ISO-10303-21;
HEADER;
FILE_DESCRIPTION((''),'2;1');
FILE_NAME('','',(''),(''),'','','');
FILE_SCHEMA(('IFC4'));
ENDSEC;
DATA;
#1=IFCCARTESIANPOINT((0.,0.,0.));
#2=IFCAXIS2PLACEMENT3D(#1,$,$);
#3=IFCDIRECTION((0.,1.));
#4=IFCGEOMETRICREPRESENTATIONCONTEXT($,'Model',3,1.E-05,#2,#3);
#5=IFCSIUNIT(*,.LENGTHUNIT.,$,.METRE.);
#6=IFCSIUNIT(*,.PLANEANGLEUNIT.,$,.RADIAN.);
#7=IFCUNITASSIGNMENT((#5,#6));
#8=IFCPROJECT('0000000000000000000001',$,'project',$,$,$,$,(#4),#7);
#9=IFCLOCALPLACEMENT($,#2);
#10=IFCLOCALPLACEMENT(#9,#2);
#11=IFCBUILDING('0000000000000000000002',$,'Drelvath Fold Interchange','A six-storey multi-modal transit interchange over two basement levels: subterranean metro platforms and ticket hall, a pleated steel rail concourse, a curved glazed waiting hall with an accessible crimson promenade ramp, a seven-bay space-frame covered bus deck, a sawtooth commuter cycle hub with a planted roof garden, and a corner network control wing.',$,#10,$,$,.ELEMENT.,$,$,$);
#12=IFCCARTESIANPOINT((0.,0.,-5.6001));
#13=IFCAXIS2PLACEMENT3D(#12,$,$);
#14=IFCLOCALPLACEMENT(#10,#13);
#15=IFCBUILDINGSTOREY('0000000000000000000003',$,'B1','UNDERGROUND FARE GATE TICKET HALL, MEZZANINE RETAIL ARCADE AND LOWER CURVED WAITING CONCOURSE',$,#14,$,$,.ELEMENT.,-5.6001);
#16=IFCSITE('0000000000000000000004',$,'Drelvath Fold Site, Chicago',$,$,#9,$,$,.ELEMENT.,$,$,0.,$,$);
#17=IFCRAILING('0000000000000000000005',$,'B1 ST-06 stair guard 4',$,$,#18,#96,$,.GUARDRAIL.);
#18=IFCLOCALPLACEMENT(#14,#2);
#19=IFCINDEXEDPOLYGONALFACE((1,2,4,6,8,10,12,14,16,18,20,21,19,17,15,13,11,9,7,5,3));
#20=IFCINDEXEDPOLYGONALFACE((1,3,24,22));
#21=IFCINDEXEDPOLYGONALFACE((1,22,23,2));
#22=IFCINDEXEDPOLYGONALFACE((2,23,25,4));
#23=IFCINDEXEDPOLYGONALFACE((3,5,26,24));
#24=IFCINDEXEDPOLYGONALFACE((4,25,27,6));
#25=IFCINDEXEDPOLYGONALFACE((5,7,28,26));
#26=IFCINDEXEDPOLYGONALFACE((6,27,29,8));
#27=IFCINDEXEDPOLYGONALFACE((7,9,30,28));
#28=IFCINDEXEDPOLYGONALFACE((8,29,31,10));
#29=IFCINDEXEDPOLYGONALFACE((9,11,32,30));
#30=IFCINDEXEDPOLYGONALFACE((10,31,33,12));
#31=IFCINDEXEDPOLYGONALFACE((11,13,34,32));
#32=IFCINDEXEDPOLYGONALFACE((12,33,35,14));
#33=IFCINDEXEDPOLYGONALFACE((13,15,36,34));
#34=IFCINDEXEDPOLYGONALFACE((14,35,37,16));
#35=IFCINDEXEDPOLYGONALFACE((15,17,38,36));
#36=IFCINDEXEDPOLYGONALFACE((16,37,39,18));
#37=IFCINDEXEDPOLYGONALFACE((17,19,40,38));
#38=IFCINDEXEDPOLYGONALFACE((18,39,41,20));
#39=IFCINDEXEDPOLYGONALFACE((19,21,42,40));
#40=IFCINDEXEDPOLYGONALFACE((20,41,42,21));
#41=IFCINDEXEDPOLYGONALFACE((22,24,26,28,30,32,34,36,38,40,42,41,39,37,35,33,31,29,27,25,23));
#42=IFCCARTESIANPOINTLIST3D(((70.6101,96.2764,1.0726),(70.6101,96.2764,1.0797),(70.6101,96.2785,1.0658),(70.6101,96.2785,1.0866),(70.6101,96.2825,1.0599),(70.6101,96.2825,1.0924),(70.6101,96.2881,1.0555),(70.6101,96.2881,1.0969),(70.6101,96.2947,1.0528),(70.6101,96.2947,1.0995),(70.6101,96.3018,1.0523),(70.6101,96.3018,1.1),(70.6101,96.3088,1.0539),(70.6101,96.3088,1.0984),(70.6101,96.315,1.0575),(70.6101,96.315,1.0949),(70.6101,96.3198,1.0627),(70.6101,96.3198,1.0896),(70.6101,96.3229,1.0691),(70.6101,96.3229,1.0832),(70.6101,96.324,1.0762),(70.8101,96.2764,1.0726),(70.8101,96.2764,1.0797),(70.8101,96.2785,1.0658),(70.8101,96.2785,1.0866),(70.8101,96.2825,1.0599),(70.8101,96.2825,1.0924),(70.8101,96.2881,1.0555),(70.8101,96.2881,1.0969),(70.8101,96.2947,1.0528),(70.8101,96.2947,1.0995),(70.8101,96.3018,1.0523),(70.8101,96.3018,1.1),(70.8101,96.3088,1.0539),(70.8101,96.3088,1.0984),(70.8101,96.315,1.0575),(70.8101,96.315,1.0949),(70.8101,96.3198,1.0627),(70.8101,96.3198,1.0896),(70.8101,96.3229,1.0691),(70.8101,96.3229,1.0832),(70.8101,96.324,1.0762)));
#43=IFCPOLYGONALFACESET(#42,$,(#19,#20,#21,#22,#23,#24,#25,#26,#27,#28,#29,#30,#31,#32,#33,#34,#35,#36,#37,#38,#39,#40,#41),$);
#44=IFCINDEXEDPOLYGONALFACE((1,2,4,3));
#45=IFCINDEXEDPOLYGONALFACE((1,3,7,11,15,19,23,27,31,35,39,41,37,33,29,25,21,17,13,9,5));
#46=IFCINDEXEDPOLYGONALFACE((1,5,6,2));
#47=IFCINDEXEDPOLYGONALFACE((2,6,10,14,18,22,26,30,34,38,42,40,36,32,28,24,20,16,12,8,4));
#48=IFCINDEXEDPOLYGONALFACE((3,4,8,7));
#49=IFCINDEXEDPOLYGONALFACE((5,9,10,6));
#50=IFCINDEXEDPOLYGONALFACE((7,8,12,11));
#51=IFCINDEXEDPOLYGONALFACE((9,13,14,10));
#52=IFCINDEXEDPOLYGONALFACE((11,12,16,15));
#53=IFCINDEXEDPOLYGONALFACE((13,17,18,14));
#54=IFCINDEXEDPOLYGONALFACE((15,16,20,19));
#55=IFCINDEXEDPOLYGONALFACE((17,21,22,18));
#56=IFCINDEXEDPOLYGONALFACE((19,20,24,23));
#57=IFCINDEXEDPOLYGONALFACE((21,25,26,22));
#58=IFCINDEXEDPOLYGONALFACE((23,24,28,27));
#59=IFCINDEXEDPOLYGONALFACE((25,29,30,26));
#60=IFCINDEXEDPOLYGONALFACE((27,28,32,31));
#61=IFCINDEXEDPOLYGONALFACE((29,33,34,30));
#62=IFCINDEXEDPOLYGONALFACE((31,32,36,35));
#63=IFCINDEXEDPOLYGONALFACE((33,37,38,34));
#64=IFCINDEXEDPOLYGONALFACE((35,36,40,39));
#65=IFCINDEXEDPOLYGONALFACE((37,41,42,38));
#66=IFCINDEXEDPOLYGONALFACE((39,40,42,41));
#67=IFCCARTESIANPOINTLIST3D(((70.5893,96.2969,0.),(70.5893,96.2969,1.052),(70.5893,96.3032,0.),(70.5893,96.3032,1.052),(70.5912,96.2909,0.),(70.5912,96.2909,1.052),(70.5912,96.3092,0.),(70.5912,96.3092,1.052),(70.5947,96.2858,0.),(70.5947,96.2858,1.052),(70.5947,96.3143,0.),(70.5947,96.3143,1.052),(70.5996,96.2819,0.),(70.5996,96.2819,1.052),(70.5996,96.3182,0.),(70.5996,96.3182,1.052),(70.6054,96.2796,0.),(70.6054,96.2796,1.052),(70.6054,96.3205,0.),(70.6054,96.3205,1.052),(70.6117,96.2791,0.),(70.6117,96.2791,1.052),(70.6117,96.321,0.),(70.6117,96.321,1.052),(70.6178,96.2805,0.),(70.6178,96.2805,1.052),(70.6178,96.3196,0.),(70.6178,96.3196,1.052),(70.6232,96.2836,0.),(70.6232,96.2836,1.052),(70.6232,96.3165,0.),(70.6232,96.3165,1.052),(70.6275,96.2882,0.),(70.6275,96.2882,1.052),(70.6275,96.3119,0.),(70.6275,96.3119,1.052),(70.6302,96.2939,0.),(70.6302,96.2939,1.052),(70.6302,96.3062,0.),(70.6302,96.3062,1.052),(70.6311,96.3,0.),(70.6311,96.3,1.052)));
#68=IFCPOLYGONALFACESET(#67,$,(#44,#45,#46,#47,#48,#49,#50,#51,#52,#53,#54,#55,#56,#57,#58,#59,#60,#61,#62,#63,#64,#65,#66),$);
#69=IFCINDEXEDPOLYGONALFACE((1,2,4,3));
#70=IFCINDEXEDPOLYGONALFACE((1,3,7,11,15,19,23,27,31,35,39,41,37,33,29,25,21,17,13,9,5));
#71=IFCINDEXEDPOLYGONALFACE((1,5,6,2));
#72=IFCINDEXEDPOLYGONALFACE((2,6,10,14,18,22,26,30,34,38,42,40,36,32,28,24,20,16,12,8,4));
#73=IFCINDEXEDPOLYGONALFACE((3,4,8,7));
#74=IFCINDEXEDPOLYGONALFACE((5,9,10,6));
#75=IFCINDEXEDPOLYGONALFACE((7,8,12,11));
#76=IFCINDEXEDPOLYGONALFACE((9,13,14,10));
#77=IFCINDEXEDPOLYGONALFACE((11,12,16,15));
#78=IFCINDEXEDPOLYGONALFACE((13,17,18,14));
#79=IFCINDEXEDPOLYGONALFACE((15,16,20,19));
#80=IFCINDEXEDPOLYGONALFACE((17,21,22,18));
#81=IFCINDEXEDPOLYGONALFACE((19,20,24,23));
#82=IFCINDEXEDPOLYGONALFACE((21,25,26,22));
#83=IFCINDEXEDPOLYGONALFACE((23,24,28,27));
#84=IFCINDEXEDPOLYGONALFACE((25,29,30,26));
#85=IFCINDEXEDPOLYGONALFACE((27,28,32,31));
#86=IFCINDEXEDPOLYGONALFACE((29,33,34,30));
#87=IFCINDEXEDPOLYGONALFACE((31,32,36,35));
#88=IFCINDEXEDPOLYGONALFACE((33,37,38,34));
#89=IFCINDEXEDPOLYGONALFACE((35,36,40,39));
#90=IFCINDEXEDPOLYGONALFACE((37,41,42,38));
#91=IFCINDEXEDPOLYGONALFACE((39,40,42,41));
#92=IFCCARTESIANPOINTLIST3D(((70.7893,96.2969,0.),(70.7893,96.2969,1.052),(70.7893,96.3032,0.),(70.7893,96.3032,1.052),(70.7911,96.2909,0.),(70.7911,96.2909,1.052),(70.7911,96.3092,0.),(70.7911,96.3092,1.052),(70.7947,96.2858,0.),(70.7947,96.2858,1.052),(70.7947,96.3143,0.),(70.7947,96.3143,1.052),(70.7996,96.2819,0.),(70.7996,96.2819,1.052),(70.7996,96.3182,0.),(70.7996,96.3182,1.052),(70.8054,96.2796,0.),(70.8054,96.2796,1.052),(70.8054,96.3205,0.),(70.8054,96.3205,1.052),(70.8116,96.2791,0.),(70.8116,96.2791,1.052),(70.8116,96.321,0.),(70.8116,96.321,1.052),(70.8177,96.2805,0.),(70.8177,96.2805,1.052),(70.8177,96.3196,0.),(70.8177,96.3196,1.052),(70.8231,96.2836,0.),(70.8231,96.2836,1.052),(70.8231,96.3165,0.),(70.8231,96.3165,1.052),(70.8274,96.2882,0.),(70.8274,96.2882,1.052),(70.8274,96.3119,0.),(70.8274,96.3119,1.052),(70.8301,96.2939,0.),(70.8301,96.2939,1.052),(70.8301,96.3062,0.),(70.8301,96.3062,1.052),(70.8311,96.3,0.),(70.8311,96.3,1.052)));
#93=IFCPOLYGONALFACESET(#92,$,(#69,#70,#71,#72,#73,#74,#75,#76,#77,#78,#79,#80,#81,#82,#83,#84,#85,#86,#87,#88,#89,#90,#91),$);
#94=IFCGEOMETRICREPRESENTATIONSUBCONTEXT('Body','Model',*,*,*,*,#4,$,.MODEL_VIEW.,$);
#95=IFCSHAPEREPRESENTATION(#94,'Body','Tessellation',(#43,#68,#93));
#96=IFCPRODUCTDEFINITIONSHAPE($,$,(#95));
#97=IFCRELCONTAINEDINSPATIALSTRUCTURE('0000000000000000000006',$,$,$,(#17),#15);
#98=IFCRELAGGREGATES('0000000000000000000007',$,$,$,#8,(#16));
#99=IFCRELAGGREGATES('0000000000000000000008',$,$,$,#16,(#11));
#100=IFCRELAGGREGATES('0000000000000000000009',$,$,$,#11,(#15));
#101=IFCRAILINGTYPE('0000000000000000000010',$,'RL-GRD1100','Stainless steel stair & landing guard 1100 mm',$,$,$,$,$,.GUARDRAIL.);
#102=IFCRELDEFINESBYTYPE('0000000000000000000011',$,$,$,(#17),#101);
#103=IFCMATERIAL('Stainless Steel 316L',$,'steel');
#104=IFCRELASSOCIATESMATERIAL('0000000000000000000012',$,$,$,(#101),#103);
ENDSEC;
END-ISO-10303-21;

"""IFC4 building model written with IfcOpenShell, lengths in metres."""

from ifc_helpers import new_model, si_unit, direction, frame, origin, origin_2d, place, context, subcontext, project, spatial, circle, extrude, material, type_object, element, save


model = new_model("IFC4")

# Units and contexts
model_context = context("Model", 3, precision=1e-05, world=origin(), true_north=direction((0.0, 1.0)))
body_context = subcontext(model_context, "Body", "Model", "MODEL_VIEW")
ifc_project = project(units=[si_unit("LENGTHUNIT", "METRE"), si_unit("PLANEANGLEUNIT", "RADIAN")], contexts=[model_context])

# Site, building, storey
site_placement = place(None, origin())
site = spatial("IfcSite", under=ifc_project, at=site_placement, Name="Drelvath Fold Site, Chicago", CompositionType="ELEMENT", RefElevation=0.0)
building_placement = place(site_placement, origin())
building = spatial("IfcBuilding", under=site, at=building_placement, Name="Drelvath Fold Interchange", Description="A six-storey multi-modal transit interchange over two basement levels: subterranean metro platforms and ticket hall, a pleated steel rail concourse, a curved glazed waiting hall with an accessible crimson promenade ramp, a seven-bay space-frame covered bus deck, a sawtooth commuter cycle hub with a planted roof garden, and a corner network control wing.", CompositionType="ELEMENT")
storey_placement = place(building_placement, frame((0.0, 0.0, -5.6001)))
storey = spatial("IfcBuildingStorey", under=building, at=storey_placement, Name="B1", Description="UNDERGROUND FARE GATE TICKET HALL, MEZZANINE RETAIL ARCADE AND LOWER CURVED WAITING CONCOURSE", CompositionType="ELEMENT", Elevation=-5.6001)

# Railing
ifc_material_1 = material(Name="Stainless Steel 316L", Category="steel")
railing_type_1 = type_object("IfcRailingType", Name="RL-GRD1100", Description="Stainless steel stair & landing guard 1100 mm", PredefinedType="GUARDRAIL", material=ifc_material_1)
railing_1_placement = place(storey_placement, frame((70.6101, 96.3, 0.0)))
element("IfcRailing", 1, at=railing_1_placement, inside=storey, type_object=railing_type_1, Name="B1 ST-06 stair guard 4", PredefinedType="GUARDRAIL", context=body_context, shape_type="SweptSolid", body=[
    extrude(circle(Radius=0.0239, at=origin_2d()), frame((0.0, 0.0, 1.0762), z_axis=(1.0, 0.0, 0.0), x_axis=(0.0, 1.0, 0.0)), (0.0, 0.0, 1.0), 0.2),
    extrude(circle(Radius=0.021, at=origin_2d()), origin(), (0.0, 0.0, 1.0), 1.052),
    extrude(circle(Radius=0.021, at=origin_2d()), frame((0.2, 0.0, 0.0)), (0.0, 0.0, 1.0), 1.052),
])

save(model, "model.ifc")
